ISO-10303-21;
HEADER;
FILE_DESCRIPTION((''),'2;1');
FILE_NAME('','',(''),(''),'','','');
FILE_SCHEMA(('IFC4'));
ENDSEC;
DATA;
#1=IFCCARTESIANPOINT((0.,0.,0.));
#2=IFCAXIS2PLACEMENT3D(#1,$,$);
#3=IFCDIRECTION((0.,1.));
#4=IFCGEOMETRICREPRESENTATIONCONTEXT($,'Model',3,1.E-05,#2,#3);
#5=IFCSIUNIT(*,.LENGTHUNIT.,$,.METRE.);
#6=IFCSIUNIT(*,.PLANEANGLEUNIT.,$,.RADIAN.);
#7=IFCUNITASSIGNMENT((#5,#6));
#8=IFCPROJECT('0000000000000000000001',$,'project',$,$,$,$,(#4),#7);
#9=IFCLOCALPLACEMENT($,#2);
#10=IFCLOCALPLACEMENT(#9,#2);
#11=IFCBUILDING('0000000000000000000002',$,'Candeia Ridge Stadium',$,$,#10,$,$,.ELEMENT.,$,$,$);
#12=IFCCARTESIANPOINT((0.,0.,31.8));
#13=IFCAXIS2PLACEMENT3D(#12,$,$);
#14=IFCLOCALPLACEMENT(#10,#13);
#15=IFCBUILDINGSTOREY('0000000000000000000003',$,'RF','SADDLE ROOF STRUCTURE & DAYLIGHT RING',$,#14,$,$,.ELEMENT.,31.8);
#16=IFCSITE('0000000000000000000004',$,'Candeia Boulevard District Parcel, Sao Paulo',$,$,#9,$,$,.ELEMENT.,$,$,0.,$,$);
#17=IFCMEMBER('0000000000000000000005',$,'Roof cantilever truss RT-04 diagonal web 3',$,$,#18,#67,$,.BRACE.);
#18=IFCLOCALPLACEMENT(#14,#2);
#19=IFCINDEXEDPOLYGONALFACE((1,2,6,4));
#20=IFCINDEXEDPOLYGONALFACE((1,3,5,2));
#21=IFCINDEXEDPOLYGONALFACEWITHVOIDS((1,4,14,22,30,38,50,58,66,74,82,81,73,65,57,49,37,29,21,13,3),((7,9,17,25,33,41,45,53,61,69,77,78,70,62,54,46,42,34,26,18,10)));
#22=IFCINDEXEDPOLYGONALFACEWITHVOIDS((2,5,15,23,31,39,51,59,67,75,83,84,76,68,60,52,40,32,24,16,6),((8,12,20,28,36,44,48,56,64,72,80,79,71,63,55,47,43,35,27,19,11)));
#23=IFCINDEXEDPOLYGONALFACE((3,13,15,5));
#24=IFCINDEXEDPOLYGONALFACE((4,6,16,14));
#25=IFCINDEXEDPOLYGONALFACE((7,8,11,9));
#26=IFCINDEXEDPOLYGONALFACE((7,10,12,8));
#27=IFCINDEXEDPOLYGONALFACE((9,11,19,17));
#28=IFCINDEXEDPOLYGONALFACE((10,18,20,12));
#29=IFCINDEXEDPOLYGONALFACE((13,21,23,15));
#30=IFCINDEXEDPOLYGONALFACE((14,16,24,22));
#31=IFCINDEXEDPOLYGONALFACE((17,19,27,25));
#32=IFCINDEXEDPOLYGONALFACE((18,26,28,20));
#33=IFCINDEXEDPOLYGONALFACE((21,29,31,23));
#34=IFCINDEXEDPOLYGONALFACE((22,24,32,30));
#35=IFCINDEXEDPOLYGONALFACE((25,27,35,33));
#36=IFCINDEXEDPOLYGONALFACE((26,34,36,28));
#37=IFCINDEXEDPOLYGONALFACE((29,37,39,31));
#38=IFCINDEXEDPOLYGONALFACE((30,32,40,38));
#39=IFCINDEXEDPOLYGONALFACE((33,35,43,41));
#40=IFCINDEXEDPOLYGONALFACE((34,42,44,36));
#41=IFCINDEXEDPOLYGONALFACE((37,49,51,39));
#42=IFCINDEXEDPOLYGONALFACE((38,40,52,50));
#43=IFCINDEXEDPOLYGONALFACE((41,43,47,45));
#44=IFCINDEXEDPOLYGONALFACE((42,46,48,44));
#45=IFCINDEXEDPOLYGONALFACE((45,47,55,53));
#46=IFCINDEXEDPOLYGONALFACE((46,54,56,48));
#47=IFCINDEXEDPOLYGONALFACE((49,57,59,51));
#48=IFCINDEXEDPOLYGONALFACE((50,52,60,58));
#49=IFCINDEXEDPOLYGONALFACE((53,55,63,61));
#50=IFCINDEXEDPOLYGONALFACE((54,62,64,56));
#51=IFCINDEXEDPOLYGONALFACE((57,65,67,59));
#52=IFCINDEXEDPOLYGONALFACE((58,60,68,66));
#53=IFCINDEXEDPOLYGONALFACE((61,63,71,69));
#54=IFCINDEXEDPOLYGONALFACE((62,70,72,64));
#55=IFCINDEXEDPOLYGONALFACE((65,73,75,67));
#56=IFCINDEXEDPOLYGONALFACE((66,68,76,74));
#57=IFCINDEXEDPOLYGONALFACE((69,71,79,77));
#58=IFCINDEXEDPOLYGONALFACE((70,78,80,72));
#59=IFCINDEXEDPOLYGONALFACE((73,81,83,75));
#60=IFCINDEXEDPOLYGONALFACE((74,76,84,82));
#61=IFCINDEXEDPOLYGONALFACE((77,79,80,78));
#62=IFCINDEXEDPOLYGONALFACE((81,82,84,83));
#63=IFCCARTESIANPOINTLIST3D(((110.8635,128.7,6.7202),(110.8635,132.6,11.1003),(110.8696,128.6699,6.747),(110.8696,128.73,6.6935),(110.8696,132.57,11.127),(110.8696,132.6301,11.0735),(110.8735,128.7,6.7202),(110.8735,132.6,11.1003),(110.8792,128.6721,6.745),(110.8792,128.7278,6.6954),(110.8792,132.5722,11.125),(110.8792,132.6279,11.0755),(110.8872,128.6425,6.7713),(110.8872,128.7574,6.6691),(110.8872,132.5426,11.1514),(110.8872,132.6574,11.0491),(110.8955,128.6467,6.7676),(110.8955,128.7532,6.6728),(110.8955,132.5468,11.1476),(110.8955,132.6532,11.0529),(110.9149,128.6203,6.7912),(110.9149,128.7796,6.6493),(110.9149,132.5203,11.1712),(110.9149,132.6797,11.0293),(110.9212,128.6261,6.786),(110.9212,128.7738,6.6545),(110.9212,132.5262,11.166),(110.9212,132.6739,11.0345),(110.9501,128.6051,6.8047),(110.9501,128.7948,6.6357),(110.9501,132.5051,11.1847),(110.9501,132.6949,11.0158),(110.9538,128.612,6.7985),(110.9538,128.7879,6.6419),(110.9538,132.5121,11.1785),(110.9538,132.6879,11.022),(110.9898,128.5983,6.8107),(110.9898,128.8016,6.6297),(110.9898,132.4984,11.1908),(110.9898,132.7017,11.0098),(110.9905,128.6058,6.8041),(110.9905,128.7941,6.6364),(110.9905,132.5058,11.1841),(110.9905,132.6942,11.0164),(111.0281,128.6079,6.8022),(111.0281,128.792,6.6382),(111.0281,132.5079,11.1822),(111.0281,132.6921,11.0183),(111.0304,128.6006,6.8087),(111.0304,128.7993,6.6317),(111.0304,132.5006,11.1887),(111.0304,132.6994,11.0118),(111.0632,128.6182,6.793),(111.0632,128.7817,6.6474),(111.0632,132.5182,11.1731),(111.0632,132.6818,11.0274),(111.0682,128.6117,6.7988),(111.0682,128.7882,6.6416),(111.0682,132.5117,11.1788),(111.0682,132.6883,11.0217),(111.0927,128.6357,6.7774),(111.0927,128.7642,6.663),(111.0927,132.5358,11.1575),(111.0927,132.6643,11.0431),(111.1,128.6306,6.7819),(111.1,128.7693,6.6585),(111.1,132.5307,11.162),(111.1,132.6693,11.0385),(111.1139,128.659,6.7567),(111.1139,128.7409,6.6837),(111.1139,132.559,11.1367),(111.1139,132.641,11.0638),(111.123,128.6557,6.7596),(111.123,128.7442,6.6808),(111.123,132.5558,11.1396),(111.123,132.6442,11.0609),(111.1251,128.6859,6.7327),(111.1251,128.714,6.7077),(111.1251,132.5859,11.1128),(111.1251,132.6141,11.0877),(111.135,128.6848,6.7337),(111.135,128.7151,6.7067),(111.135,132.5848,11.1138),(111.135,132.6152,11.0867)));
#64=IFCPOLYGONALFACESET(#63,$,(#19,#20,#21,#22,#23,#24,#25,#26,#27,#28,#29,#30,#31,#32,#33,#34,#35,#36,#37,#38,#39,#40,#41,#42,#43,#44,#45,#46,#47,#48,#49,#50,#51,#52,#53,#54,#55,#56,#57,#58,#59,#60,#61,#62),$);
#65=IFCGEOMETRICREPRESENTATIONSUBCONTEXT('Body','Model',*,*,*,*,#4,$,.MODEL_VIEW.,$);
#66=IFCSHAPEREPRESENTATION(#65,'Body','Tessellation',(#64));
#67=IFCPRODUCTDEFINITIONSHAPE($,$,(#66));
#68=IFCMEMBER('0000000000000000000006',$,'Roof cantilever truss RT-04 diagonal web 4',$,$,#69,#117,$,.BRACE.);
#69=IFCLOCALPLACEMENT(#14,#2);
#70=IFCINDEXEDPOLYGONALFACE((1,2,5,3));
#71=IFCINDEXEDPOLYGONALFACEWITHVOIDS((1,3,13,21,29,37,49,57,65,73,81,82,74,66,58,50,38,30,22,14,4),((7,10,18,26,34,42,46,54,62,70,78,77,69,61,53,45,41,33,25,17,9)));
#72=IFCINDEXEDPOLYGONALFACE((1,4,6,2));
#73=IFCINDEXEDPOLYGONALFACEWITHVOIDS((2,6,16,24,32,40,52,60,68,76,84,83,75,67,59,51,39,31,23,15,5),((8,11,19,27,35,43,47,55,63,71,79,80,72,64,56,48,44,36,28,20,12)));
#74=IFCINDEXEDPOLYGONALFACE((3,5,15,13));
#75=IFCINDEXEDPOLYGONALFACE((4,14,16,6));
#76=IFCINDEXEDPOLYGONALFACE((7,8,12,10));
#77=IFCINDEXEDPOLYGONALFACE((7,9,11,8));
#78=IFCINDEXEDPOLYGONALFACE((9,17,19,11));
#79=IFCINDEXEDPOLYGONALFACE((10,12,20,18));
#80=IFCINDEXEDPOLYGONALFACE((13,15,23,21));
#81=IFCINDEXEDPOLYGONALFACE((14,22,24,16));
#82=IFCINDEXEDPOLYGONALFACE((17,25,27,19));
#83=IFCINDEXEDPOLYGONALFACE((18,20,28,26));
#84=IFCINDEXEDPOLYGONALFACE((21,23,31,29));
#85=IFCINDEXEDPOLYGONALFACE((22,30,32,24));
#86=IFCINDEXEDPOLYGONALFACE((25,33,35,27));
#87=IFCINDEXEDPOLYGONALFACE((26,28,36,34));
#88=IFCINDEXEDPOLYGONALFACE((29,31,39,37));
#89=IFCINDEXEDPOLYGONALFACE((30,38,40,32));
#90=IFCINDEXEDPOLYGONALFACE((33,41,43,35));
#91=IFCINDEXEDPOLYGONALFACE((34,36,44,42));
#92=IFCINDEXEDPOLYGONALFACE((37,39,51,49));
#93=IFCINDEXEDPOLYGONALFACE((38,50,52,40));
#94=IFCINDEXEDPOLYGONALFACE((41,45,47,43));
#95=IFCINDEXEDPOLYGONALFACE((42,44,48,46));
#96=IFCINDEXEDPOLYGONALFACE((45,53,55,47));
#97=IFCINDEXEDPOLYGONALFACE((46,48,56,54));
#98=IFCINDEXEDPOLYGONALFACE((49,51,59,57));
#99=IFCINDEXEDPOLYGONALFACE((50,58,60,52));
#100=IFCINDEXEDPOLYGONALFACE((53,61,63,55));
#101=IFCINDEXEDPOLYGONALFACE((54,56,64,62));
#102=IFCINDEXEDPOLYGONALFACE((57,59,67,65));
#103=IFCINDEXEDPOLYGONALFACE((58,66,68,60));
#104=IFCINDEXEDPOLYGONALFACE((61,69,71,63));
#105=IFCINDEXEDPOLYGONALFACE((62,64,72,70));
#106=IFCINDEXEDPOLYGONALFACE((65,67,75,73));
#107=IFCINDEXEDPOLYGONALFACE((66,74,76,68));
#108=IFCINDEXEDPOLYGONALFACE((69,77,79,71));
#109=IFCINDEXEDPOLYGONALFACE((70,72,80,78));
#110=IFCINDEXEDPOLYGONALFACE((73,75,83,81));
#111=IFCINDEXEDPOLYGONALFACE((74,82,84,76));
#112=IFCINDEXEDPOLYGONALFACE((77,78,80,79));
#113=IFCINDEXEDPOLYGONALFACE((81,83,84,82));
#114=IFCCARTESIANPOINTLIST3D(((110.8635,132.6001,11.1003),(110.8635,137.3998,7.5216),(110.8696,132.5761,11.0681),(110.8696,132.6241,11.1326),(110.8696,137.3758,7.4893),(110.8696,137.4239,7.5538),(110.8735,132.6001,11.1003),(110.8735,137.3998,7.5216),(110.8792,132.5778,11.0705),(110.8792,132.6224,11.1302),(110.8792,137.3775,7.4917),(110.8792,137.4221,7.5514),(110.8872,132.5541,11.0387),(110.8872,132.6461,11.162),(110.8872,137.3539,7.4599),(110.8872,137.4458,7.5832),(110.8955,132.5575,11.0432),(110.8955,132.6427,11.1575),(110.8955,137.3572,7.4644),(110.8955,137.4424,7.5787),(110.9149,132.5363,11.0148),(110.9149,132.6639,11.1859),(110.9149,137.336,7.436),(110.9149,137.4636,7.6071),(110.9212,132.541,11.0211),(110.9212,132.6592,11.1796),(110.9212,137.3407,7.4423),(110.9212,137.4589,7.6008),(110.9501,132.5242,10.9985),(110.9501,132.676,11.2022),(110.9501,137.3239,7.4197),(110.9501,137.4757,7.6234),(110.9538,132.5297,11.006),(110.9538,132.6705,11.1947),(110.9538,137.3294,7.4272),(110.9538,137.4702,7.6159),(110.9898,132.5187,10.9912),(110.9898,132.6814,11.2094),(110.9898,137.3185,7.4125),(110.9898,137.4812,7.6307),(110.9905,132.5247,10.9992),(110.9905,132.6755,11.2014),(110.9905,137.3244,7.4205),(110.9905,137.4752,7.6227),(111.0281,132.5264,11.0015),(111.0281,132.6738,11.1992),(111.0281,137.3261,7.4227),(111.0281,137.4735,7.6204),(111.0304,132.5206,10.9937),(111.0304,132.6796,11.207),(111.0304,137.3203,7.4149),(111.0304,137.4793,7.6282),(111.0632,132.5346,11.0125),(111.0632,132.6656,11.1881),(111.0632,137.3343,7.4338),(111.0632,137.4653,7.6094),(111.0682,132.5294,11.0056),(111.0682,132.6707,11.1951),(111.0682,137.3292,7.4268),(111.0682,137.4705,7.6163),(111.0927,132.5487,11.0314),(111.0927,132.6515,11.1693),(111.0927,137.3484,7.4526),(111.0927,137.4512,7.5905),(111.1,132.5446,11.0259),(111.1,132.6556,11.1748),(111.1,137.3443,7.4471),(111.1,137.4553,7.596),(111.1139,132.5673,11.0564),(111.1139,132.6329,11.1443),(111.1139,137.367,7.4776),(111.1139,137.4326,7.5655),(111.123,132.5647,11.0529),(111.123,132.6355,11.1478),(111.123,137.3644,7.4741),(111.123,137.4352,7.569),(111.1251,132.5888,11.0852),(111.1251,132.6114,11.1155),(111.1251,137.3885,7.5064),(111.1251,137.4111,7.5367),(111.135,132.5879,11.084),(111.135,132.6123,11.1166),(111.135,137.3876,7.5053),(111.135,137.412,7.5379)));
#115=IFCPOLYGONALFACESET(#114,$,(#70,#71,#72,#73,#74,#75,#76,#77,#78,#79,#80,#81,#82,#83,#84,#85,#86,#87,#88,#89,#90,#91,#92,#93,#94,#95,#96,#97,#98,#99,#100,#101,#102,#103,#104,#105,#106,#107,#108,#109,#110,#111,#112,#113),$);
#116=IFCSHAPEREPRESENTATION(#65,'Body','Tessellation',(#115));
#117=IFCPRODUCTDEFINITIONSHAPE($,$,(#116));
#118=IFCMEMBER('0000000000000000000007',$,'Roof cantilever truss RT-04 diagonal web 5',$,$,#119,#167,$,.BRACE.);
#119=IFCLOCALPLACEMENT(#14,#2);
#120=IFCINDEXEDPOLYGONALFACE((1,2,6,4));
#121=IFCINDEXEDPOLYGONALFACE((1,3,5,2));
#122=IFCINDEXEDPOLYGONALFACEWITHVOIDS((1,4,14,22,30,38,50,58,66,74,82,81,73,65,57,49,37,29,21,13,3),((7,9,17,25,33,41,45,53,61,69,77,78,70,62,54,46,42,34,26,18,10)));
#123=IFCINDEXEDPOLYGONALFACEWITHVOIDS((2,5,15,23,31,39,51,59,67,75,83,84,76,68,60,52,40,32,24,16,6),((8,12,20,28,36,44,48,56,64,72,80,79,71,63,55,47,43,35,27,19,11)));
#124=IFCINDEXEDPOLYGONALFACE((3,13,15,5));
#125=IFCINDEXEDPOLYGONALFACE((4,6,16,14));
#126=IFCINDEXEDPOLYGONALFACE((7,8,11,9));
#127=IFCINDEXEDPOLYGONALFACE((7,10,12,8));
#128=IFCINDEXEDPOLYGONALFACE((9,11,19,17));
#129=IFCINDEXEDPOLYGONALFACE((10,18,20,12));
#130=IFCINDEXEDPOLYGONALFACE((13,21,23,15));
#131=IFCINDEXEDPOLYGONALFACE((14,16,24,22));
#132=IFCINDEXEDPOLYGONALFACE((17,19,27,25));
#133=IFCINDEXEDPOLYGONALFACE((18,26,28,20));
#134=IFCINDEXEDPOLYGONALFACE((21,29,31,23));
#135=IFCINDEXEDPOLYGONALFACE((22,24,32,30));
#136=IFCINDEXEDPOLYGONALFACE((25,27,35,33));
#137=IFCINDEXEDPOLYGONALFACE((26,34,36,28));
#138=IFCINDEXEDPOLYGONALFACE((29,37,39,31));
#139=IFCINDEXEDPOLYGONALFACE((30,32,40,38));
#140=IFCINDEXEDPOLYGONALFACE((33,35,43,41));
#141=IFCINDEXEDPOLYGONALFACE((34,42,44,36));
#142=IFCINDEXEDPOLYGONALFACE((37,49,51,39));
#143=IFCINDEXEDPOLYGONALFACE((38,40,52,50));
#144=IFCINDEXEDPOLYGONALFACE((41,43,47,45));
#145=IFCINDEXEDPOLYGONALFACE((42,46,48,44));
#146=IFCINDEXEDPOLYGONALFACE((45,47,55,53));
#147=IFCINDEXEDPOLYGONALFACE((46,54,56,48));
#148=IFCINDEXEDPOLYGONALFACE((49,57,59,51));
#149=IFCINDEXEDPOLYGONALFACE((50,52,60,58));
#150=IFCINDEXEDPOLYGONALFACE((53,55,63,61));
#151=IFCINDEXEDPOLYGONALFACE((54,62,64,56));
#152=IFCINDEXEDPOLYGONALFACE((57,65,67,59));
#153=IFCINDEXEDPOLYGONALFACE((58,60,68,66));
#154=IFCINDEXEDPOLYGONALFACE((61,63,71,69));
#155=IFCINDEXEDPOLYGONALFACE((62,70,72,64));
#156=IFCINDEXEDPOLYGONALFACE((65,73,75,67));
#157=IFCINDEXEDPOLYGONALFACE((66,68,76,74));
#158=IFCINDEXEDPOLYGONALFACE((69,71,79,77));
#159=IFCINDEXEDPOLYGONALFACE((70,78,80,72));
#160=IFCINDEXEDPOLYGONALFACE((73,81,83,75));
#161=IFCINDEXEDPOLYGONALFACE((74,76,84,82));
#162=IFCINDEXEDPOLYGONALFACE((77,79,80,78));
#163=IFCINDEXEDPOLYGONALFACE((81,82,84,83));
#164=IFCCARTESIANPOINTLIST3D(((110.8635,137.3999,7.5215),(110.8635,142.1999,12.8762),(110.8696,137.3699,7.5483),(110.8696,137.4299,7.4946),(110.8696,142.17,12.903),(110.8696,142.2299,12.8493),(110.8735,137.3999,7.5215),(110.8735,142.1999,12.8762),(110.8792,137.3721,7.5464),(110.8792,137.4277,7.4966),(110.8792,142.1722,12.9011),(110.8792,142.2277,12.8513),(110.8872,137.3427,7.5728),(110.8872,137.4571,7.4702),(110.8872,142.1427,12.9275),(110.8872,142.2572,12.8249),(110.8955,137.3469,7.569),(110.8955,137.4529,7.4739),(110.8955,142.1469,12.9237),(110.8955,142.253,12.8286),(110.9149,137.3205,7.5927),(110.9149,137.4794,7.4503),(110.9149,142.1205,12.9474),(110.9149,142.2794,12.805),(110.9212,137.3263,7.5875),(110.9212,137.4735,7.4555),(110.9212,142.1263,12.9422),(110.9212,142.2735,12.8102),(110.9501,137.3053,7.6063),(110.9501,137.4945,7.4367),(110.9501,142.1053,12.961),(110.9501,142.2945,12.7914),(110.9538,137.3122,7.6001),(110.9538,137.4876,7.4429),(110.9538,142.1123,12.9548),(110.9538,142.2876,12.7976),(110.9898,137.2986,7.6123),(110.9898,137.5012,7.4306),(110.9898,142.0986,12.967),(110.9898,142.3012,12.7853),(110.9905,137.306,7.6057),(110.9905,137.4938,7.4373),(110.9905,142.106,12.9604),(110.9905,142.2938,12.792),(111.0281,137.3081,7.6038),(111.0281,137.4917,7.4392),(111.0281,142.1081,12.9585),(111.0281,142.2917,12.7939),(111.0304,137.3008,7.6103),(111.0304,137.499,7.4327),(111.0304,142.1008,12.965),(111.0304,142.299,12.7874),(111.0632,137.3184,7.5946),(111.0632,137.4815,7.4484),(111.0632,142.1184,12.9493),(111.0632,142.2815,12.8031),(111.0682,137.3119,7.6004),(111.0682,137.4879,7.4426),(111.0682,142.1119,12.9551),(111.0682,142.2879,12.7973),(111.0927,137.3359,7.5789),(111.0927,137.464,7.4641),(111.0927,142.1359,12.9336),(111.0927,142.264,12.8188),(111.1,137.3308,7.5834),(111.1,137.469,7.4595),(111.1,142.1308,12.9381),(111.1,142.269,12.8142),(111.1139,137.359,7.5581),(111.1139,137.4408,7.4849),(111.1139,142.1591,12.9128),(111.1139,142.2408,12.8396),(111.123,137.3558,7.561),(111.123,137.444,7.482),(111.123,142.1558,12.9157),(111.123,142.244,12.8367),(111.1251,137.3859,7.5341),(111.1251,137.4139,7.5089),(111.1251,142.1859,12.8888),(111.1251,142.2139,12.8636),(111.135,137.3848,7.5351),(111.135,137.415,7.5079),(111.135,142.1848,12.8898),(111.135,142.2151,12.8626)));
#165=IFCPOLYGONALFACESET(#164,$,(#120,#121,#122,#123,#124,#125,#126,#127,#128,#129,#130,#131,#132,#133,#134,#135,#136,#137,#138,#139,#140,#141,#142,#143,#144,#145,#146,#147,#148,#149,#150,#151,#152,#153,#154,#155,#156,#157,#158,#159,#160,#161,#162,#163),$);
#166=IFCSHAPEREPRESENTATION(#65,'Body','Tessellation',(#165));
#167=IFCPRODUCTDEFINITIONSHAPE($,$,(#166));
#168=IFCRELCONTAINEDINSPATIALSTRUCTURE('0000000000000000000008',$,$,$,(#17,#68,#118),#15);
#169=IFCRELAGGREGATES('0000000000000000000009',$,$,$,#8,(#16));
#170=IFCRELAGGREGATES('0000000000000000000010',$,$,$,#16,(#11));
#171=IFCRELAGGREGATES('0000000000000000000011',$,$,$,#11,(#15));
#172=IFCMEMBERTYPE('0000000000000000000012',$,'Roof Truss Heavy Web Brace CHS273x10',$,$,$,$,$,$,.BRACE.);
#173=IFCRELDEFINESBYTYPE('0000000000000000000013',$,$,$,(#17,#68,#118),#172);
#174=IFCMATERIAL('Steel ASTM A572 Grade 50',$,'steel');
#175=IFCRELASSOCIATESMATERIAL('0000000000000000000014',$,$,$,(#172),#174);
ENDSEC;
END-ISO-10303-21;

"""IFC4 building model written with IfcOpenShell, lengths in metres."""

from ifc_helpers import new_model, si_unit, direction, frame, origin, origin_2d, place, context, subcontext, project, spatial, hollow_circle, extrude, material, material_profile, profile_set, type_object, element, save


model = new_model("IFC4")

# Units and contexts
model_context = context("Model", 3, precision=1e-05, world=origin(), true_north=direction((0.0, 1.0)))
body_context = subcontext(model_context, "Body", "Model", "MODEL_VIEW")
ifc_project = project(units=[si_unit("LENGTHUNIT", "METRE"), si_unit("PLANEANGLEUNIT", "RADIAN")], contexts=[model_context])

# Site, building, storey
site_placement = place(None, origin())
site = spatial("IfcSite", under=ifc_project, at=site_placement, Name="Candeia Boulevard District Parcel, Sao Paulo", CompositionType="ELEMENT", RefElevation=0.0)
building_placement = place(site_placement, origin())
building = spatial("IfcBuilding", under=site, at=building_placement, Name="Candeia Ridge Stadium", CompositionType="ELEMENT")
storey_placement = place(building_placement, frame((0.0, 0.0, 31.8)))
storey = spatial("IfcBuildingStorey", under=building, at=storey_placement, Name="RF", Description="SADDLE ROOF STRUCTURE & DAYLIGHT RING", CompositionType="ELEMENT", Elevation=31.8)

# Shared definitions
ifc_material_1 = material(Name="Steel ASTM A572 Grade 50", Category="steel")

# Members
ifc_material_profile_1 = material_profile(ifc_material_1, hollow_circle(Radius=0.1365, WallThickness=0.01, at=origin_2d()), Name="CHS273x10", Category="steel")
ifc_profile_set_1 = profile_set([ifc_material_profile_1], Name="Steel ASTM A572 Grade 50")
member_type_1 = type_object("IfcMemberType", Name="Roof Truss Heavy Web Brace CHS273x10", PredefinedType="BRACE", material=ifc_profile_set_1)
member_1_placement = place(storey_placement, frame((111.0, 128.7, 6.7202), z_axis=(0.0, 0.665002, 0.746842), x_axis=(-1.0, 0.0, 0.0)))
element("IfcMember", 1, at=member_1_placement, inside=storey, type_object=member_type_1, Name="Roof cantilever truss RT-04 diagonal web 3", PredefinedType="BRACE", context=body_context, shape_type="SweptSolid", body=[
    extrude(hollow_circle(Radius=0.1365, WallThickness=0.01, at=origin_2d()), origin(), (0.0, 0.0, 1.0), 5.8647),
])
member_2_placement = place(storey_placement, frame((111.0, 132.6001, 11.1003), z_axis=(0.0, 0.80168, -0.597753), x_axis=(-1.0, 0.0, 0.0)))
element("IfcMember", 2, at=member_2_placement, inside=storey, type_object=member_type_1, Name="Roof cantilever truss RT-04 diagonal web 4", PredefinedType="BRACE", context=body_context, shape_type="SweptSolid", body=[
    extrude(hollow_circle(Radius=0.1365, WallThickness=0.01, at=origin_2d()), origin(), (0.0, 0.0, 1.0), 5.9871),
])
member_3_placement = place(storey_placement, frame((111.0, 137.3999, 7.5215), z_axis=(0.0, 0.667487, 0.744621), x_axis=(-1.0, 0.0, 0.0)))
element("IfcMember", 3, at=member_3_placement, inside=storey, type_object=member_type_1, Name="Roof cantilever truss RT-04 diagonal web 5", PredefinedType="BRACE", context=body_context, shape_type="SweptSolid", body=[
    extrude(hollow_circle(Radius=0.1365, WallThickness=0.01, at=origin_2d()), origin(), (0.0, 0.0, 1.0), 7.1912),
])

save(model, "model.ifc")
